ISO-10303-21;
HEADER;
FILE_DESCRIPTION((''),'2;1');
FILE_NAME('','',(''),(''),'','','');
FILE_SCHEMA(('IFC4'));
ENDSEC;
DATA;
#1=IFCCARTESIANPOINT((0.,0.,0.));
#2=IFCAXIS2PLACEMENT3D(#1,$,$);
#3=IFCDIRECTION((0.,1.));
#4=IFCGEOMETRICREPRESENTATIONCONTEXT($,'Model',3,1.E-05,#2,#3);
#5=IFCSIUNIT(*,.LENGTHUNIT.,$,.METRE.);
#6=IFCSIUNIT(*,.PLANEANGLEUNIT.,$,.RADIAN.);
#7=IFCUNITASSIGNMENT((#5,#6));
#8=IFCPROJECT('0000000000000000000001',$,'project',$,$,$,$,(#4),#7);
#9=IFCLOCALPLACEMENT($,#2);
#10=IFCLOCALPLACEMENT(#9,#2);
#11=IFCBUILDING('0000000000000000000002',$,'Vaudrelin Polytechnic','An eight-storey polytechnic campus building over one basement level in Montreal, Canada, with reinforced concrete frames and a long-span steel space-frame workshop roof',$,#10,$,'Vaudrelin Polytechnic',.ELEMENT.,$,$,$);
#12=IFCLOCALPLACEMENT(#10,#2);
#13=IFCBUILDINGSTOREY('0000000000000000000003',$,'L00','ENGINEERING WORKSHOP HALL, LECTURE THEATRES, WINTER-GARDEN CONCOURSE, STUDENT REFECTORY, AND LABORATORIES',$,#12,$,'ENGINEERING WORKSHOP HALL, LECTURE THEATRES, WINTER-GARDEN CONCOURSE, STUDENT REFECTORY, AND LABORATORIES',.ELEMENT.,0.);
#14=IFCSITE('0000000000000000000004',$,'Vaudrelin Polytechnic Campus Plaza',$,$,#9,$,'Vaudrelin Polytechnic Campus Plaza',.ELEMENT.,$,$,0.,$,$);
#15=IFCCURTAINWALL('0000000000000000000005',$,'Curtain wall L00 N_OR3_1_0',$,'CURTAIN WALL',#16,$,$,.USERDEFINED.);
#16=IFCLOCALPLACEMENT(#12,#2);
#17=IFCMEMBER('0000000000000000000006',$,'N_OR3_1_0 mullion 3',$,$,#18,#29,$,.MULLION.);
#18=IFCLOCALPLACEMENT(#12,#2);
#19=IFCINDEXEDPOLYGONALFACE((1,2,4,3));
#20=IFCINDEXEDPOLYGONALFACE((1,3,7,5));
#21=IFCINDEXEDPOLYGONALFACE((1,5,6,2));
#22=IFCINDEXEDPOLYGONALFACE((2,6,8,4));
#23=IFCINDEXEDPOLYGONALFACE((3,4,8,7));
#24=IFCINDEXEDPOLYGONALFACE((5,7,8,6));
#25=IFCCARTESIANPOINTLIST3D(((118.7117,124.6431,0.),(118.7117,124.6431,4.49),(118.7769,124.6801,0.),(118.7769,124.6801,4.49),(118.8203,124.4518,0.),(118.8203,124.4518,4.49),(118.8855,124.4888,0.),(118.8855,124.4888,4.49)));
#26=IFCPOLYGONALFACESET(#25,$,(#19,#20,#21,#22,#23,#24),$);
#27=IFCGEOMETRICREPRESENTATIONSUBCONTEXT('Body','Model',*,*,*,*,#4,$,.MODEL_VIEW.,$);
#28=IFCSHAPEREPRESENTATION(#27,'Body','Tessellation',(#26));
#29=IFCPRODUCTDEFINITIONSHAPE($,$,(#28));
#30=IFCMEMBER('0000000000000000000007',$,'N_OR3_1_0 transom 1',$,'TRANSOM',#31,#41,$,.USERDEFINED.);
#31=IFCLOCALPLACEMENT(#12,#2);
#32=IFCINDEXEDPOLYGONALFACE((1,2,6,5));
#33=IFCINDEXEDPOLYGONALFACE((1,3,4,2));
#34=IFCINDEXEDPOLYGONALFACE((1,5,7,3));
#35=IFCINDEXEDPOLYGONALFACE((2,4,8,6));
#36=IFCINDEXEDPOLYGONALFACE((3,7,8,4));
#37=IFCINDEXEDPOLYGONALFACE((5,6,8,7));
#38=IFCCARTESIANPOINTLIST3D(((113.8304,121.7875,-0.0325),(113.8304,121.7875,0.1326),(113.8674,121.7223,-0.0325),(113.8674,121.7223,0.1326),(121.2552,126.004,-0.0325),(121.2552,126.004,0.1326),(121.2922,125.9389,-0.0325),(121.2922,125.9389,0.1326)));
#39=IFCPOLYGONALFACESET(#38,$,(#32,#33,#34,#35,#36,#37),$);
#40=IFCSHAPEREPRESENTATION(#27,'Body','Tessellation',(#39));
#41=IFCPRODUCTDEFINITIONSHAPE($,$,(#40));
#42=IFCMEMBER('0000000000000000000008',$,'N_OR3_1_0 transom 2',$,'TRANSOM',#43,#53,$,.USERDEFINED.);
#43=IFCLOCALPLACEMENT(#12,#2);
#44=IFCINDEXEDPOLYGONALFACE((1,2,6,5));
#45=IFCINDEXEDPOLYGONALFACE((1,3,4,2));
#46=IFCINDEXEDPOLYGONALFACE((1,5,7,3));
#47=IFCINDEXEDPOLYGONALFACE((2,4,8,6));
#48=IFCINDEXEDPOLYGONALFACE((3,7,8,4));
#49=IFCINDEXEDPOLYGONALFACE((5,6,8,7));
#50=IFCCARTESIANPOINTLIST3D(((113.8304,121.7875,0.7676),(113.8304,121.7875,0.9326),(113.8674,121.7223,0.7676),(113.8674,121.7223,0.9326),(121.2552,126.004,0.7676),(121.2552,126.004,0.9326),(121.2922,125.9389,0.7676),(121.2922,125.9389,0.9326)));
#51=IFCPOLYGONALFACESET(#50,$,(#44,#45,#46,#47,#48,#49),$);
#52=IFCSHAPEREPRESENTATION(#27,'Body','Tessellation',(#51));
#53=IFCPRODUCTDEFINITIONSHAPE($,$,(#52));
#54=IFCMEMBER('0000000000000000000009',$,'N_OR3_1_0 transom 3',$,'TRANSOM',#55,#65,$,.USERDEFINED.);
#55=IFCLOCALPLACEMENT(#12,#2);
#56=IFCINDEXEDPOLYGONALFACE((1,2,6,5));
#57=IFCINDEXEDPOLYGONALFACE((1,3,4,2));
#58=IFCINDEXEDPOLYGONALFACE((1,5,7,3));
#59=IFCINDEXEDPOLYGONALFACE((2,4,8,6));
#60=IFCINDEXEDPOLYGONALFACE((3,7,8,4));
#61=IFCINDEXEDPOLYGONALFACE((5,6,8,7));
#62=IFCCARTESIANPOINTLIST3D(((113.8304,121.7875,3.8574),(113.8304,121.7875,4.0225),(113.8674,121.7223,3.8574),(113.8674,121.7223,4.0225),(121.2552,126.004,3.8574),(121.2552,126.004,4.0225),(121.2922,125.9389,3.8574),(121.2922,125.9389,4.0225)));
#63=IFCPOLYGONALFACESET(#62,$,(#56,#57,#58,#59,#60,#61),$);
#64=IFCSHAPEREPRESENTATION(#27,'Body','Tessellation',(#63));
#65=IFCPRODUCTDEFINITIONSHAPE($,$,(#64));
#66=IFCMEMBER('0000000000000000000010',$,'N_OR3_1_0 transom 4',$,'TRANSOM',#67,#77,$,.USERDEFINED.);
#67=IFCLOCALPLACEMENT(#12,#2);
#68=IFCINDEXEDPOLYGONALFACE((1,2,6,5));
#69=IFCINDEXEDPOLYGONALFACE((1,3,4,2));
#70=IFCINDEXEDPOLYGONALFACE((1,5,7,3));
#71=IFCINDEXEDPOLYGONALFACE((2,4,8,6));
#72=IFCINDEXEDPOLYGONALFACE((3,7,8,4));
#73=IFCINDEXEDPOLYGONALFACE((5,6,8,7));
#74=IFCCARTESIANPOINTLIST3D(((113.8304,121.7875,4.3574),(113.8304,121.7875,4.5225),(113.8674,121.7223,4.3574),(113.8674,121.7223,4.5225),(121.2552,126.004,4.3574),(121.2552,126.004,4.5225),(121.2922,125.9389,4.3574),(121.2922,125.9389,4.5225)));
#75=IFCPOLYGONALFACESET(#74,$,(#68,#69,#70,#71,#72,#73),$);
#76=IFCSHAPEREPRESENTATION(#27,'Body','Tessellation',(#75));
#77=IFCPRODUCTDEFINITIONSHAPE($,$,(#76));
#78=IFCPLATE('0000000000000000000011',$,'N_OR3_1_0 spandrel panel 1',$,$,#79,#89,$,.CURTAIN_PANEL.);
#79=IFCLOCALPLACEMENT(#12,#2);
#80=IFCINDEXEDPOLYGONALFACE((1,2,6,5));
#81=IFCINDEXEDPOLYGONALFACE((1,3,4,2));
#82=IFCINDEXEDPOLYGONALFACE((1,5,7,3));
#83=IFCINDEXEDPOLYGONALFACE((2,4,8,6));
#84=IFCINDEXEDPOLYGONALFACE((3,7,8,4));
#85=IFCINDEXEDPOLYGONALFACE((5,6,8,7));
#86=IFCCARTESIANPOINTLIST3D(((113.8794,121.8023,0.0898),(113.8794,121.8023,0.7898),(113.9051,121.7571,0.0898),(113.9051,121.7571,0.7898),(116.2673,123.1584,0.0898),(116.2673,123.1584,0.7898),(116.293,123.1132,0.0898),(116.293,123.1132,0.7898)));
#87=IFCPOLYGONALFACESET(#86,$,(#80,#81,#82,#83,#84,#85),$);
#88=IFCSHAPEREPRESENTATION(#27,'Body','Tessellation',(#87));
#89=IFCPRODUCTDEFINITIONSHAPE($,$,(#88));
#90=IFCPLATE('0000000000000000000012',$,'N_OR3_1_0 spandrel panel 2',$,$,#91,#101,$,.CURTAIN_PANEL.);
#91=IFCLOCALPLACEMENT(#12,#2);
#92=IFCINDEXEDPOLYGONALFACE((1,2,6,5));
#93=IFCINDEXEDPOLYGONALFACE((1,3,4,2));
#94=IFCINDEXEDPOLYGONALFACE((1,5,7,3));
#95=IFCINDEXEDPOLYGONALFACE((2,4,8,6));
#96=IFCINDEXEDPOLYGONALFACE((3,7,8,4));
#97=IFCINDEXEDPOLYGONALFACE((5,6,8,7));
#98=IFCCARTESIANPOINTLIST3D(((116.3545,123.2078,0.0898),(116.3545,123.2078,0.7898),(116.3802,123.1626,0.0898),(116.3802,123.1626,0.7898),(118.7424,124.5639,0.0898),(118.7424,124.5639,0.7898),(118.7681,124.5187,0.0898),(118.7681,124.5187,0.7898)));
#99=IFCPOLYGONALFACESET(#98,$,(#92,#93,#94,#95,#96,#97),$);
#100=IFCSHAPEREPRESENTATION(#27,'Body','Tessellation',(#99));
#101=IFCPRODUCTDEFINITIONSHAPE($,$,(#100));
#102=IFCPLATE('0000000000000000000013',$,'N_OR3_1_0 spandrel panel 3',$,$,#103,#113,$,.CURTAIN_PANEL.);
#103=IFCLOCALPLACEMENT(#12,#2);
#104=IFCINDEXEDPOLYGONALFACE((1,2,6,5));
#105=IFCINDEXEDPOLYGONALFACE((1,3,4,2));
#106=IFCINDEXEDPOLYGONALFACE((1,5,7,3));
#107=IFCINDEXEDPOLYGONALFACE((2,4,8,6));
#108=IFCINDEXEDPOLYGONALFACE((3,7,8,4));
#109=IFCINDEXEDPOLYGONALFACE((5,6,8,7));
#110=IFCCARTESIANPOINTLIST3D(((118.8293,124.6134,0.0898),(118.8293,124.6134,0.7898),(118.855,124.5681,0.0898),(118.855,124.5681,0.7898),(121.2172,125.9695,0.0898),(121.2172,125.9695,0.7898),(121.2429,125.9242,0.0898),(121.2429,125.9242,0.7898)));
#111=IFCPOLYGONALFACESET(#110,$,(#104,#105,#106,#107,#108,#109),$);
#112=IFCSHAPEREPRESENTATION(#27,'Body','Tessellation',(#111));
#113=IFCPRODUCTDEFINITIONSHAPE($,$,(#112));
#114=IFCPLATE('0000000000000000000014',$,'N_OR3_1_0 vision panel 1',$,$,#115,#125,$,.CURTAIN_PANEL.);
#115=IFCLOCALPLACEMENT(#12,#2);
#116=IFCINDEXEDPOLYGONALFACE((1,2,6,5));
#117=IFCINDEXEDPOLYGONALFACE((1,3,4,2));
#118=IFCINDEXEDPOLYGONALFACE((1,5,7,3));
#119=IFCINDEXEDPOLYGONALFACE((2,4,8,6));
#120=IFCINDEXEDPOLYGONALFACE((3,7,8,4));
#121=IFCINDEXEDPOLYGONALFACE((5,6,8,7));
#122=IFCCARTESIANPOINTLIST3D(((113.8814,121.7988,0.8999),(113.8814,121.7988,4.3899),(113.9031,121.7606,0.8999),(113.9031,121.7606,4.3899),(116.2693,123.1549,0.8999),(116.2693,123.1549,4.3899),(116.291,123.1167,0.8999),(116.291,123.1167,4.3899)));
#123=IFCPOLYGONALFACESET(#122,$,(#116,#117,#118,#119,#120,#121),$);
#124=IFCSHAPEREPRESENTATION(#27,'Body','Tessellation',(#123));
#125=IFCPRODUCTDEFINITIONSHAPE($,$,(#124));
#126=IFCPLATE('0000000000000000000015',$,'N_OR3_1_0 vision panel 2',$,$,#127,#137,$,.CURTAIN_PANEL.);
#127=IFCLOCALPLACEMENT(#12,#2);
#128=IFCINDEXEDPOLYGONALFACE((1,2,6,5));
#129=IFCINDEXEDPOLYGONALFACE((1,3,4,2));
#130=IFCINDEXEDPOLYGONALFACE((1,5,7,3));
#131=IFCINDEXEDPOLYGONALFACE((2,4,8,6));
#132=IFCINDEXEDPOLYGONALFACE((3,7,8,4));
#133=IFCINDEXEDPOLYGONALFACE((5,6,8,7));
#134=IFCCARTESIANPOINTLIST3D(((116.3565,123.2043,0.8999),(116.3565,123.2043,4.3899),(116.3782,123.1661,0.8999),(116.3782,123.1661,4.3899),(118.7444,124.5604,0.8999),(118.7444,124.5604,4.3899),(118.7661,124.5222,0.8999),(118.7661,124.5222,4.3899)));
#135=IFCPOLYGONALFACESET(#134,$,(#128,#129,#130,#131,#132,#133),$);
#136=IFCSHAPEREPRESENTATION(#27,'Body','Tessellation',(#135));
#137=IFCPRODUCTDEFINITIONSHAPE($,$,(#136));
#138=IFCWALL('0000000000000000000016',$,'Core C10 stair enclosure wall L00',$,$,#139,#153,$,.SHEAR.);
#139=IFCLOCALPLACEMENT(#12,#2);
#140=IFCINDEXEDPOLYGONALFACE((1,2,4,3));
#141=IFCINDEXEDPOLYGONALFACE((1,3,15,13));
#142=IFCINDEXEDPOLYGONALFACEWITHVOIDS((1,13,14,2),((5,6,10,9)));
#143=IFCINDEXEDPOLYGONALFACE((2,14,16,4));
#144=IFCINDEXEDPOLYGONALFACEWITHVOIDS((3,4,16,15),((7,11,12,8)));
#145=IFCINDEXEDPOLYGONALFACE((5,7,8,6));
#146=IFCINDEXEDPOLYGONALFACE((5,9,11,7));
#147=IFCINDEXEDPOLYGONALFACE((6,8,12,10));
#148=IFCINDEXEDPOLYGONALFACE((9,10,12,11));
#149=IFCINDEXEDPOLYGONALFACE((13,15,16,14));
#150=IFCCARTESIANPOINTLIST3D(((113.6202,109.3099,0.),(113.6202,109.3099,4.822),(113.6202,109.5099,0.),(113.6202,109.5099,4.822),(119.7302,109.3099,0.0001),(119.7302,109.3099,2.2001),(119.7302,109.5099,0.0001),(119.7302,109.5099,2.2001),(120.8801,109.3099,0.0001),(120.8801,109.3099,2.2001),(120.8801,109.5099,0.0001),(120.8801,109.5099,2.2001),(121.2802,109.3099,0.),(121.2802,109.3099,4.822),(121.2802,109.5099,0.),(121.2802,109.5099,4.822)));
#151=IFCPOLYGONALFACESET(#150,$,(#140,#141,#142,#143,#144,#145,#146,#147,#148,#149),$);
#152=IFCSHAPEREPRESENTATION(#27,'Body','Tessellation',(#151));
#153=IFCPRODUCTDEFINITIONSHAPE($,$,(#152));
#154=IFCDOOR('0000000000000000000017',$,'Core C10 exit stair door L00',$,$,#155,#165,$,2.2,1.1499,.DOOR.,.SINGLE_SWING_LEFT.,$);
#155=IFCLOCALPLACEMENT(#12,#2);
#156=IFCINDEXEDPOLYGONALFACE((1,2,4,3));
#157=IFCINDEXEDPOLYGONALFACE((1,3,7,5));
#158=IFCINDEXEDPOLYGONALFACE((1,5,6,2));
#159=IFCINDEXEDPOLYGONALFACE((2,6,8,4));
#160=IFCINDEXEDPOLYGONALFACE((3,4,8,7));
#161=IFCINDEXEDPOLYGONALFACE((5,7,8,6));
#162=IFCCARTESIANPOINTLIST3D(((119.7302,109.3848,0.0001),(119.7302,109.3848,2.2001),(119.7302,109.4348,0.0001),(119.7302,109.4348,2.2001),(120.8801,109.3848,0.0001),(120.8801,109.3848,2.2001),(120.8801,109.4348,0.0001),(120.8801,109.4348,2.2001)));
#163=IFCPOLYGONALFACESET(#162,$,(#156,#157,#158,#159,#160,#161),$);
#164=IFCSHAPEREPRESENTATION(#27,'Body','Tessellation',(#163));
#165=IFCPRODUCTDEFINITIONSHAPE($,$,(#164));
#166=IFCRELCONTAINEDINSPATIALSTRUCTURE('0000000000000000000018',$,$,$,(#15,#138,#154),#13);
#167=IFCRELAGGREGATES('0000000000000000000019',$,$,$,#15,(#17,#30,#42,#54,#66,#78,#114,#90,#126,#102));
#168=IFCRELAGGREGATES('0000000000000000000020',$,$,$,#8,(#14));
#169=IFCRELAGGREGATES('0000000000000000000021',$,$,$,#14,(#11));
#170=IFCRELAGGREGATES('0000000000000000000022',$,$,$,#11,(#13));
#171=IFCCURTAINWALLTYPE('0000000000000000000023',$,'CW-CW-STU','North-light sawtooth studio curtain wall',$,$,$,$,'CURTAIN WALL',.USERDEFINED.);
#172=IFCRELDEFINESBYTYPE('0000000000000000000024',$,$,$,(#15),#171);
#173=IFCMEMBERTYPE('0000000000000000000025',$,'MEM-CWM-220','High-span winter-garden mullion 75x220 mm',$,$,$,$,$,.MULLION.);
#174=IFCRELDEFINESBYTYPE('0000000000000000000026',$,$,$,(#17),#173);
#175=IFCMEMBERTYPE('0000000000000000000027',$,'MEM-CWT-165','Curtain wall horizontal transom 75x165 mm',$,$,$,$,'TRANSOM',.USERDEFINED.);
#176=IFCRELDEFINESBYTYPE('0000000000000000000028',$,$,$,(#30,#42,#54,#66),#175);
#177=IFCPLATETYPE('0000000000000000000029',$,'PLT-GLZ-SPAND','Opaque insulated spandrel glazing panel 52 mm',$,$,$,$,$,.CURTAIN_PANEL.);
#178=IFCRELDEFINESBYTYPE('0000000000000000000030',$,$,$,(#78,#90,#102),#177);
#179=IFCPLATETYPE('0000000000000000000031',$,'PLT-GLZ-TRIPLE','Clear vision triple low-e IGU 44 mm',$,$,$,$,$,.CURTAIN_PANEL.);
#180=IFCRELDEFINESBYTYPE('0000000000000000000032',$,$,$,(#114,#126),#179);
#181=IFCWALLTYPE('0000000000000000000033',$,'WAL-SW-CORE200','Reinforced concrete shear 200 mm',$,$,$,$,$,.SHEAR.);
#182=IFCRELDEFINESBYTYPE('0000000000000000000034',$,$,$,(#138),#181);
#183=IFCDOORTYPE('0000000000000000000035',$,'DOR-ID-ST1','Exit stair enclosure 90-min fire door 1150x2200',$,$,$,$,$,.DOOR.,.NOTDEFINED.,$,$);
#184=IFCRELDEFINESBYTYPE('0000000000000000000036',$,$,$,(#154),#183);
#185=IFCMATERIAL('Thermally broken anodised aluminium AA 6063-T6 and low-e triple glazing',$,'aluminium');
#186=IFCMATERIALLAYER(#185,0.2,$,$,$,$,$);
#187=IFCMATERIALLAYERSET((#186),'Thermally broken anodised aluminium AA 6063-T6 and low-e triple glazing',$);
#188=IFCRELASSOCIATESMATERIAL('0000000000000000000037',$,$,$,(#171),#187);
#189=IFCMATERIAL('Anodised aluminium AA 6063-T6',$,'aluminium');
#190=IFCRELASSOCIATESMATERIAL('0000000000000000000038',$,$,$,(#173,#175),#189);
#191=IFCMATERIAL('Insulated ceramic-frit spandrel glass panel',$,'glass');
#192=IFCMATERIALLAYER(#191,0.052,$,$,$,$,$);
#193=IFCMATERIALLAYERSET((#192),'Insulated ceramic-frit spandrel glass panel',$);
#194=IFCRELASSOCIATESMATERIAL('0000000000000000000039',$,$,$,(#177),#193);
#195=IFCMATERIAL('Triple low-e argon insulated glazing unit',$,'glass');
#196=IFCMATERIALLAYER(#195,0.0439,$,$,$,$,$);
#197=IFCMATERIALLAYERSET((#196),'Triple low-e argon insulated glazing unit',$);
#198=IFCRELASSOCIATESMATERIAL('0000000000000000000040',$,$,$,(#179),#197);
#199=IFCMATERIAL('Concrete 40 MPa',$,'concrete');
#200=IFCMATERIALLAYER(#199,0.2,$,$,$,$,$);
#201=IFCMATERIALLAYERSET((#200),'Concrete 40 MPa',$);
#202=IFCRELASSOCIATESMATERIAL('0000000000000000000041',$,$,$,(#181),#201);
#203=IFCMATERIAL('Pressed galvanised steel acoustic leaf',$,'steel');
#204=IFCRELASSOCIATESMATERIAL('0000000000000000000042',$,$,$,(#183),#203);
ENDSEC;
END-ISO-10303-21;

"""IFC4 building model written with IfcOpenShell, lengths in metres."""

from ifc_helpers import new_model, si_unit, direction, frame, frame_2d, origin, origin_2d, place, context, subcontext, project, spatial, rectangle, extrude, material, layer, layer_set, material_profile, profile_set, type_object, element, fill, aggregate, save


model = new_model("IFC4")

# Units and contexts
model_context = context("Model", 3, precision=1e-05, world=origin(), true_north=direction((0.0, 1.0)))
body_context = subcontext(model_context, "Body", "Model", "MODEL_VIEW")
ifc_project = project(units=[si_unit("LENGTHUNIT", "METRE"), si_unit("PLANEANGLEUNIT", "RADIAN")], contexts=[model_context])

# Site, building, storey
site_placement = place(None, origin())
site = spatial("IfcSite", under=ifc_project, at=site_placement, Name="Vaudrelin Polytechnic Campus Plaza", LongName="Vaudrelin Polytechnic Campus Plaza", CompositionType="ELEMENT", RefElevation=0.0)
building_placement = place(site_placement, origin())
building = spatial("IfcBuilding", under=site, at=building_placement, Name="Vaudrelin Polytechnic", Description="An eight-storey polytechnic campus building over one basement level in Montreal, Canada, with reinforced concrete frames and a long-span steel space-frame workshop roof", LongName="Vaudrelin Polytechnic", CompositionType="ELEMENT")
storey_placement = place(building_placement, origin())
storey = spatial("IfcBuildingStorey", under=building, at=storey_placement, Name="L00", Description="ENGINEERING WORKSHOP HALL, LECTURE THEATRES, WINTER-GARDEN CONCOURSE, STUDENT REFECTORY, AND LABORATORIES", LongName="ENGINEERING WORKSHOP HALL, LECTURE THEATRES, WINTER-GARDEN CONCOURSE, STUDENT REFECTORY, AND LABORATORIES", CompositionType="ELEMENT", Elevation=0.0)

# Shared definitions
ifc_material_1 = material(Name="Concrete 40 MPa", Category="concrete")

# Curtain wall, members, plates
ifc_material_2 = material(Name="Thermally broken anodised aluminium AA 6063-T6 and low-e triple glazing", Category="aluminium")
ifc_layer_1 = layer(ifc_material_2, 0.2)
ifc_layer_set_1 = layer_set([ifc_layer_1], Name="Thermally broken anodised aluminium AA 6063-T6 and low-e triple glazing")
curtain_wall_type = type_object("IfcCurtainWallType", Name="CW-CW-STU", Description="North-light sawtooth studio curtain wall", ElementType="CURTAIN WALL", PredefinedType="USERDEFINED", material=ifc_layer_set_1)
curtain_wall_placement = place(storey_placement, origin())
curtain_wall = element("IfcCurtainWall", 1, at=curtain_wall_placement, inside=storey, type_object=curtain_wall_type, Name="Curtain wall L00 N_OR3_1_0", ObjectType="CURTAIN WALL", PredefinedType="USERDEFINED")
ifc_material_3 = material(Name="Anodised aluminium AA 6063-T6", Category="aluminium")
ifc_material_profile_1 = material_profile(ifc_material_3, rectangle(XDim=0.075, YDim=0.22, at=origin_2d()), Name="CWM-75x220")
ifc_profile_set_1 = profile_set([ifc_material_profile_1], Name="Anodised aluminium AA 6063-T6")
member_type_1 = type_object("IfcMemberType", Name="MEM-CWM-220", Description="High-span winter-garden mullion 75x220 mm", PredefinedType="MULLION", material=ifc_profile_set_1)
member_1_placement = place(storey_placement, frame((118.7986, 124.5659, 0.0), z_axis=(0.0, 0.0, 1.0), x_axis=(0.869561, 0.493825, 0.0)))
member_1 = element("IfcMember", 2, at=member_1_placement, type_object=member_type_1, Name="N_OR3_1_0 mullion 3", PredefinedType="MULLION", context=body_context, shape_type="SweptSolid", body=[
    extrude(rectangle(XDim=0.075, YDim=0.22, at=origin_2d()), origin(), (0.0, 0.0, 1.0), 4.49),
])
ifc_material_profile_2 = material_profile(ifc_material_3, rectangle(XDim=0.075, YDim=0.165, at=origin_2d()), Name="CWT-75x165")
ifc_profile_set_2 = profile_set([ifc_material_profile_2], Name="Anodised aluminium AA 6063-T6")
member_type_2 = type_object("IfcMemberType", Name="MEM-CWT-165", Description="Curtain wall horizontal transom 75x165 mm", ElementType="TRANSOM", PredefinedType="USERDEFINED", material=ifc_profile_set_2)
member_2_placement = place(storey_placement, frame((113.8489, 121.7549, 0.05), z_axis=(0.869561, 0.493825, 0.0), x_axis=(-0.493825, 0.869561, 0.0)))
member_2 = element("IfcMember", 3, at=member_2_placement, type_object=member_type_2, Name="N_OR3_1_0 transom 1", ObjectType="TRANSOM", PredefinedType="USERDEFINED", context=body_context, shape_type="SweptSolid", body=[
    extrude(rectangle(XDim=0.075, YDim=0.165, at=origin_2d()), origin(), (0.0, 0.0, 1.0), 8.5386),
])
member_3_placement = place(storey_placement, frame((113.8489, 121.7549, 0.8501), z_axis=(0.869561, 0.493825, 0.0), x_axis=(-0.493825, 0.869561, 0.0)))
member_3 = element("IfcMember", 4, at=member_3_placement, type_object=member_type_2, Name="N_OR3_1_0 transom 2", ObjectType="TRANSOM", PredefinedType="USERDEFINED", context=body_context, shape_type="SweptSolid", body=[
    extrude(rectangle(XDim=0.075, YDim=0.165, at=origin_2d()), origin(), (0.0, 0.0, 1.0), 8.5386),
])
member_4_placement = place(storey_placement, frame((113.8489, 121.7549, 3.9399), z_axis=(0.869561, 0.493825, 0.0), x_axis=(-0.493825, 0.869561, 0.0)))
member_4 = element("IfcMember", 5, at=member_4_placement, type_object=member_type_2, Name="N_OR3_1_0 transom 3", ObjectType="TRANSOM", PredefinedType="USERDEFINED", context=body_context, shape_type="SweptSolid", body=[
    extrude(rectangle(XDim=0.075, YDim=0.165, at=origin_2d()), origin(), (0.0, 0.0, 1.0), 8.5386),
])
member_5_placement = place(storey_placement, frame((113.8489, 121.7549, 4.4399), z_axis=(0.869561, 0.493825, 0.0), x_axis=(-0.493825, 0.869561, 0.0)))
member_5 = element("IfcMember", 6, at=member_5_placement, type_object=member_type_2, Name="N_OR3_1_0 transom 4", ObjectType="TRANSOM", PredefinedType="USERDEFINED", context=body_context, shape_type="SweptSolid", body=[
    extrude(rectangle(XDim=0.075, YDim=0.165, at=origin_2d()), origin(), (0.0, 0.0, 1.0), 8.5386),
])
ifc_material_4 = material(Name="Insulated ceramic-frit spandrel glass panel", Category="glass")
ifc_layer_2 = layer(ifc_material_4, 0.052)
ifc_layer_set_2 = layer_set([ifc_layer_2], Name="Insulated ceramic-frit spandrel glass panel")
plate_type_1 = type_object("IfcPlateType", Name="PLT-GLZ-SPAND", Description="Opaque insulated spandrel glazing panel 52 mm", PredefinedType="CURTAIN_PANEL", material=ifc_layer_set_2)
plate_1_placement = place(storey_placement, frame((115.0862, 122.4578, 0.0898), z_axis=(0.0, 0.0, 1.0), x_axis=(0.869561, 0.493825, 0.0)))
plate_1 = element("IfcPlate", 7, at=plate_1_placement, type_object=plate_type_1, Name="N_OR3_1_0 spandrel panel 1", PredefinedType="CURTAIN_PANEL", context=body_context, shape_type="SweptSolid", body=[
    extrude(rectangle(XDim=2.7461, YDim=0.052, at=origin_2d()), origin(), (0.0, 0.0, 1.0), 0.7),
])
plate_2_placement = place(storey_placement, frame((117.5613, 123.8633, 0.0898), z_axis=(0.0, 0.0, 1.0), x_axis=(0.869561, 0.493825, 0.0)))
plate_2 = element("IfcPlate", 8, at=plate_2_placement, type_object=plate_type_1, Name="N_OR3_1_0 spandrel panel 2", PredefinedType="CURTAIN_PANEL", context=body_context, shape_type="SweptSolid", body=[
    extrude(rectangle(XDim=2.7461, YDim=0.052, at=origin_2d()), origin(), (0.0, 0.0, 1.0), 0.7),
])
plate_3_placement = place(storey_placement, frame((120.0361, 125.2688, 0.0898), z_axis=(0.0, 0.0, 1.0), x_axis=(0.869561, 0.493825, 0.0)))
plate_3 = element("IfcPlate", 9, at=plate_3_placement, type_object=plate_type_1, Name="N_OR3_1_0 spandrel panel 3", PredefinedType="CURTAIN_PANEL", context=body_context, shape_type="SweptSolid", body=[
    extrude(rectangle(XDim=2.7461, YDim=0.052, at=origin_2d()), origin(), (0.0, 0.0, 1.0), 0.7),
])
ifc_material_5 = material(Name="Triple low-e argon insulated glazing unit", Category="glass")
ifc_layer_3 = layer(ifc_material_5, 0.0439)
ifc_layer_set_3 = layer_set([ifc_layer_3], Name="Triple low-e argon insulated glazing unit")
plate_type_2 = type_object("IfcPlateType", Name="PLT-GLZ-TRIPLE", Description="Clear vision triple low-e IGU 44 mm", PredefinedType="CURTAIN_PANEL", material=ifc_layer_set_3)
plate_4_placement = place(storey_placement, frame((115.0862, 122.4578, 0.8999), z_axis=(0.0, 0.0, 1.0), x_axis=(0.869561, 0.493825, 0.0)))
plate_4 = element("IfcPlate", 10, at=plate_4_placement, type_object=plate_type_2, Name="N_OR3_1_0 vision panel 1", PredefinedType="CURTAIN_PANEL", context=body_context, shape_type="SweptSolid", body=[
    extrude(rectangle(XDim=2.7461, YDim=0.0439, at=origin_2d()), origin(), (0.0, 0.0, 1.0), 3.49),
])
plate_5_placement = place(storey_placement, frame((117.5613, 123.8633, 0.8999), z_axis=(0.0, 0.0, 1.0), x_axis=(0.869561, 0.493825, 0.0)))
plate_5 = element("IfcPlate", 11, at=plate_5_placement, type_object=plate_type_2, Name="N_OR3_1_0 vision panel 2", PredefinedType="CURTAIN_PANEL", context=body_context, shape_type="SweptSolid", body=[
    extrude(rectangle(XDim=2.7461, YDim=0.0439, at=origin_2d()), origin(), (0.0, 0.0, 1.0), 3.49),
])
aggregate(curtain_wall, [member_1, member_2, member_3, member_4, member_5, plate_1, plate_4, plate_2, plate_5, plate_3])

# Wall, opening, door
ifc_material_6 = material(Name="Pressed galvanised steel acoustic leaf", Category="steel")
ifc_layer_4 = layer(ifc_material_1, 0.2)
ifc_layer_set_4 = layer_set([ifc_layer_4], Name="Concrete 40 MPa")
wall_type_1 = type_object("IfcWallType", Name="WAL-SW-CORE200", Description="Reinforced concrete shear 200 mm", PredefinedType="SHEAR", material=ifc_layer_set_4)
wall_1_placement = place(storey_placement, frame((113.6201, 109.4099, 0.0), z_axis=(0.0, 0.0, 1.0), x_axis=(1.0, 0.0, 0.0)))
wall_1 = element("IfcWall", 12, at=wall_1_placement, inside=storey, type_object=wall_type_1, Name="Core C10 stair enclosure wall L00", PredefinedType="SHEAR", context=body_context, shape_type="SweptSolid", body=[
    extrude(rectangle(XDim=7.6599, YDim=0.2, at=frame_2d((3.8301, 0.0))), origin(), (0.0, 0.0, 1.0), 4.822),
])
opening_1_placement = place(wall_1_placement, frame((6.1101, 0.0, 0.0)))
opening_1 = element("IfcOpeningElement", 13, at=opening_1_placement, cuts=wall_1, PredefinedType="OPENING", context=body_context, shape_type="SweptSolid", body=[
    extrude(rectangle(XDim=1.1499, YDim=2.2, at=frame_2d((0.575, 1.1001))), frame((0.0, 0.1099, 0.0), z_axis=(0.0, -1.0, 0.0), x_axis=(1.0, 0.0, 0.0)), (0.0, 0.0, 1.0), 0.22),
])
door_type_1 = type_object("IfcDoorType", Name="DOR-ID-ST1", Description="Exit stair enclosure 90-min fire door 1150x2200", OperationType="NOTDEFINED", PredefinedType="DOOR", material=ifc_material_6)
door_1_placement = place(opening_1_placement, origin())
door_1 = element("IfcDoor", 14, at=door_1_placement, inside=storey, type_object=door_type_1, Name="Core C10 exit stair door L00", OperationType="SINGLE_SWING_LEFT", OverallHeight=2.2, OverallWidth=1.1499, PredefinedType="DOOR", context=body_context, shape_type="SweptSolid", body=[
    extrude(rectangle(XDim=1.1499, YDim=2.2, at=frame_2d((0.575, 1.1001))), frame((0.0, 0.0249, 0.0), z_axis=(0.0, -1.0, 0.0), x_axis=(1.0, 0.0, 0.0)), (0.0, 0.0, 1.0), 0.05),
])
fill(opening_1, door_1)

save(model, "model.ifc")
